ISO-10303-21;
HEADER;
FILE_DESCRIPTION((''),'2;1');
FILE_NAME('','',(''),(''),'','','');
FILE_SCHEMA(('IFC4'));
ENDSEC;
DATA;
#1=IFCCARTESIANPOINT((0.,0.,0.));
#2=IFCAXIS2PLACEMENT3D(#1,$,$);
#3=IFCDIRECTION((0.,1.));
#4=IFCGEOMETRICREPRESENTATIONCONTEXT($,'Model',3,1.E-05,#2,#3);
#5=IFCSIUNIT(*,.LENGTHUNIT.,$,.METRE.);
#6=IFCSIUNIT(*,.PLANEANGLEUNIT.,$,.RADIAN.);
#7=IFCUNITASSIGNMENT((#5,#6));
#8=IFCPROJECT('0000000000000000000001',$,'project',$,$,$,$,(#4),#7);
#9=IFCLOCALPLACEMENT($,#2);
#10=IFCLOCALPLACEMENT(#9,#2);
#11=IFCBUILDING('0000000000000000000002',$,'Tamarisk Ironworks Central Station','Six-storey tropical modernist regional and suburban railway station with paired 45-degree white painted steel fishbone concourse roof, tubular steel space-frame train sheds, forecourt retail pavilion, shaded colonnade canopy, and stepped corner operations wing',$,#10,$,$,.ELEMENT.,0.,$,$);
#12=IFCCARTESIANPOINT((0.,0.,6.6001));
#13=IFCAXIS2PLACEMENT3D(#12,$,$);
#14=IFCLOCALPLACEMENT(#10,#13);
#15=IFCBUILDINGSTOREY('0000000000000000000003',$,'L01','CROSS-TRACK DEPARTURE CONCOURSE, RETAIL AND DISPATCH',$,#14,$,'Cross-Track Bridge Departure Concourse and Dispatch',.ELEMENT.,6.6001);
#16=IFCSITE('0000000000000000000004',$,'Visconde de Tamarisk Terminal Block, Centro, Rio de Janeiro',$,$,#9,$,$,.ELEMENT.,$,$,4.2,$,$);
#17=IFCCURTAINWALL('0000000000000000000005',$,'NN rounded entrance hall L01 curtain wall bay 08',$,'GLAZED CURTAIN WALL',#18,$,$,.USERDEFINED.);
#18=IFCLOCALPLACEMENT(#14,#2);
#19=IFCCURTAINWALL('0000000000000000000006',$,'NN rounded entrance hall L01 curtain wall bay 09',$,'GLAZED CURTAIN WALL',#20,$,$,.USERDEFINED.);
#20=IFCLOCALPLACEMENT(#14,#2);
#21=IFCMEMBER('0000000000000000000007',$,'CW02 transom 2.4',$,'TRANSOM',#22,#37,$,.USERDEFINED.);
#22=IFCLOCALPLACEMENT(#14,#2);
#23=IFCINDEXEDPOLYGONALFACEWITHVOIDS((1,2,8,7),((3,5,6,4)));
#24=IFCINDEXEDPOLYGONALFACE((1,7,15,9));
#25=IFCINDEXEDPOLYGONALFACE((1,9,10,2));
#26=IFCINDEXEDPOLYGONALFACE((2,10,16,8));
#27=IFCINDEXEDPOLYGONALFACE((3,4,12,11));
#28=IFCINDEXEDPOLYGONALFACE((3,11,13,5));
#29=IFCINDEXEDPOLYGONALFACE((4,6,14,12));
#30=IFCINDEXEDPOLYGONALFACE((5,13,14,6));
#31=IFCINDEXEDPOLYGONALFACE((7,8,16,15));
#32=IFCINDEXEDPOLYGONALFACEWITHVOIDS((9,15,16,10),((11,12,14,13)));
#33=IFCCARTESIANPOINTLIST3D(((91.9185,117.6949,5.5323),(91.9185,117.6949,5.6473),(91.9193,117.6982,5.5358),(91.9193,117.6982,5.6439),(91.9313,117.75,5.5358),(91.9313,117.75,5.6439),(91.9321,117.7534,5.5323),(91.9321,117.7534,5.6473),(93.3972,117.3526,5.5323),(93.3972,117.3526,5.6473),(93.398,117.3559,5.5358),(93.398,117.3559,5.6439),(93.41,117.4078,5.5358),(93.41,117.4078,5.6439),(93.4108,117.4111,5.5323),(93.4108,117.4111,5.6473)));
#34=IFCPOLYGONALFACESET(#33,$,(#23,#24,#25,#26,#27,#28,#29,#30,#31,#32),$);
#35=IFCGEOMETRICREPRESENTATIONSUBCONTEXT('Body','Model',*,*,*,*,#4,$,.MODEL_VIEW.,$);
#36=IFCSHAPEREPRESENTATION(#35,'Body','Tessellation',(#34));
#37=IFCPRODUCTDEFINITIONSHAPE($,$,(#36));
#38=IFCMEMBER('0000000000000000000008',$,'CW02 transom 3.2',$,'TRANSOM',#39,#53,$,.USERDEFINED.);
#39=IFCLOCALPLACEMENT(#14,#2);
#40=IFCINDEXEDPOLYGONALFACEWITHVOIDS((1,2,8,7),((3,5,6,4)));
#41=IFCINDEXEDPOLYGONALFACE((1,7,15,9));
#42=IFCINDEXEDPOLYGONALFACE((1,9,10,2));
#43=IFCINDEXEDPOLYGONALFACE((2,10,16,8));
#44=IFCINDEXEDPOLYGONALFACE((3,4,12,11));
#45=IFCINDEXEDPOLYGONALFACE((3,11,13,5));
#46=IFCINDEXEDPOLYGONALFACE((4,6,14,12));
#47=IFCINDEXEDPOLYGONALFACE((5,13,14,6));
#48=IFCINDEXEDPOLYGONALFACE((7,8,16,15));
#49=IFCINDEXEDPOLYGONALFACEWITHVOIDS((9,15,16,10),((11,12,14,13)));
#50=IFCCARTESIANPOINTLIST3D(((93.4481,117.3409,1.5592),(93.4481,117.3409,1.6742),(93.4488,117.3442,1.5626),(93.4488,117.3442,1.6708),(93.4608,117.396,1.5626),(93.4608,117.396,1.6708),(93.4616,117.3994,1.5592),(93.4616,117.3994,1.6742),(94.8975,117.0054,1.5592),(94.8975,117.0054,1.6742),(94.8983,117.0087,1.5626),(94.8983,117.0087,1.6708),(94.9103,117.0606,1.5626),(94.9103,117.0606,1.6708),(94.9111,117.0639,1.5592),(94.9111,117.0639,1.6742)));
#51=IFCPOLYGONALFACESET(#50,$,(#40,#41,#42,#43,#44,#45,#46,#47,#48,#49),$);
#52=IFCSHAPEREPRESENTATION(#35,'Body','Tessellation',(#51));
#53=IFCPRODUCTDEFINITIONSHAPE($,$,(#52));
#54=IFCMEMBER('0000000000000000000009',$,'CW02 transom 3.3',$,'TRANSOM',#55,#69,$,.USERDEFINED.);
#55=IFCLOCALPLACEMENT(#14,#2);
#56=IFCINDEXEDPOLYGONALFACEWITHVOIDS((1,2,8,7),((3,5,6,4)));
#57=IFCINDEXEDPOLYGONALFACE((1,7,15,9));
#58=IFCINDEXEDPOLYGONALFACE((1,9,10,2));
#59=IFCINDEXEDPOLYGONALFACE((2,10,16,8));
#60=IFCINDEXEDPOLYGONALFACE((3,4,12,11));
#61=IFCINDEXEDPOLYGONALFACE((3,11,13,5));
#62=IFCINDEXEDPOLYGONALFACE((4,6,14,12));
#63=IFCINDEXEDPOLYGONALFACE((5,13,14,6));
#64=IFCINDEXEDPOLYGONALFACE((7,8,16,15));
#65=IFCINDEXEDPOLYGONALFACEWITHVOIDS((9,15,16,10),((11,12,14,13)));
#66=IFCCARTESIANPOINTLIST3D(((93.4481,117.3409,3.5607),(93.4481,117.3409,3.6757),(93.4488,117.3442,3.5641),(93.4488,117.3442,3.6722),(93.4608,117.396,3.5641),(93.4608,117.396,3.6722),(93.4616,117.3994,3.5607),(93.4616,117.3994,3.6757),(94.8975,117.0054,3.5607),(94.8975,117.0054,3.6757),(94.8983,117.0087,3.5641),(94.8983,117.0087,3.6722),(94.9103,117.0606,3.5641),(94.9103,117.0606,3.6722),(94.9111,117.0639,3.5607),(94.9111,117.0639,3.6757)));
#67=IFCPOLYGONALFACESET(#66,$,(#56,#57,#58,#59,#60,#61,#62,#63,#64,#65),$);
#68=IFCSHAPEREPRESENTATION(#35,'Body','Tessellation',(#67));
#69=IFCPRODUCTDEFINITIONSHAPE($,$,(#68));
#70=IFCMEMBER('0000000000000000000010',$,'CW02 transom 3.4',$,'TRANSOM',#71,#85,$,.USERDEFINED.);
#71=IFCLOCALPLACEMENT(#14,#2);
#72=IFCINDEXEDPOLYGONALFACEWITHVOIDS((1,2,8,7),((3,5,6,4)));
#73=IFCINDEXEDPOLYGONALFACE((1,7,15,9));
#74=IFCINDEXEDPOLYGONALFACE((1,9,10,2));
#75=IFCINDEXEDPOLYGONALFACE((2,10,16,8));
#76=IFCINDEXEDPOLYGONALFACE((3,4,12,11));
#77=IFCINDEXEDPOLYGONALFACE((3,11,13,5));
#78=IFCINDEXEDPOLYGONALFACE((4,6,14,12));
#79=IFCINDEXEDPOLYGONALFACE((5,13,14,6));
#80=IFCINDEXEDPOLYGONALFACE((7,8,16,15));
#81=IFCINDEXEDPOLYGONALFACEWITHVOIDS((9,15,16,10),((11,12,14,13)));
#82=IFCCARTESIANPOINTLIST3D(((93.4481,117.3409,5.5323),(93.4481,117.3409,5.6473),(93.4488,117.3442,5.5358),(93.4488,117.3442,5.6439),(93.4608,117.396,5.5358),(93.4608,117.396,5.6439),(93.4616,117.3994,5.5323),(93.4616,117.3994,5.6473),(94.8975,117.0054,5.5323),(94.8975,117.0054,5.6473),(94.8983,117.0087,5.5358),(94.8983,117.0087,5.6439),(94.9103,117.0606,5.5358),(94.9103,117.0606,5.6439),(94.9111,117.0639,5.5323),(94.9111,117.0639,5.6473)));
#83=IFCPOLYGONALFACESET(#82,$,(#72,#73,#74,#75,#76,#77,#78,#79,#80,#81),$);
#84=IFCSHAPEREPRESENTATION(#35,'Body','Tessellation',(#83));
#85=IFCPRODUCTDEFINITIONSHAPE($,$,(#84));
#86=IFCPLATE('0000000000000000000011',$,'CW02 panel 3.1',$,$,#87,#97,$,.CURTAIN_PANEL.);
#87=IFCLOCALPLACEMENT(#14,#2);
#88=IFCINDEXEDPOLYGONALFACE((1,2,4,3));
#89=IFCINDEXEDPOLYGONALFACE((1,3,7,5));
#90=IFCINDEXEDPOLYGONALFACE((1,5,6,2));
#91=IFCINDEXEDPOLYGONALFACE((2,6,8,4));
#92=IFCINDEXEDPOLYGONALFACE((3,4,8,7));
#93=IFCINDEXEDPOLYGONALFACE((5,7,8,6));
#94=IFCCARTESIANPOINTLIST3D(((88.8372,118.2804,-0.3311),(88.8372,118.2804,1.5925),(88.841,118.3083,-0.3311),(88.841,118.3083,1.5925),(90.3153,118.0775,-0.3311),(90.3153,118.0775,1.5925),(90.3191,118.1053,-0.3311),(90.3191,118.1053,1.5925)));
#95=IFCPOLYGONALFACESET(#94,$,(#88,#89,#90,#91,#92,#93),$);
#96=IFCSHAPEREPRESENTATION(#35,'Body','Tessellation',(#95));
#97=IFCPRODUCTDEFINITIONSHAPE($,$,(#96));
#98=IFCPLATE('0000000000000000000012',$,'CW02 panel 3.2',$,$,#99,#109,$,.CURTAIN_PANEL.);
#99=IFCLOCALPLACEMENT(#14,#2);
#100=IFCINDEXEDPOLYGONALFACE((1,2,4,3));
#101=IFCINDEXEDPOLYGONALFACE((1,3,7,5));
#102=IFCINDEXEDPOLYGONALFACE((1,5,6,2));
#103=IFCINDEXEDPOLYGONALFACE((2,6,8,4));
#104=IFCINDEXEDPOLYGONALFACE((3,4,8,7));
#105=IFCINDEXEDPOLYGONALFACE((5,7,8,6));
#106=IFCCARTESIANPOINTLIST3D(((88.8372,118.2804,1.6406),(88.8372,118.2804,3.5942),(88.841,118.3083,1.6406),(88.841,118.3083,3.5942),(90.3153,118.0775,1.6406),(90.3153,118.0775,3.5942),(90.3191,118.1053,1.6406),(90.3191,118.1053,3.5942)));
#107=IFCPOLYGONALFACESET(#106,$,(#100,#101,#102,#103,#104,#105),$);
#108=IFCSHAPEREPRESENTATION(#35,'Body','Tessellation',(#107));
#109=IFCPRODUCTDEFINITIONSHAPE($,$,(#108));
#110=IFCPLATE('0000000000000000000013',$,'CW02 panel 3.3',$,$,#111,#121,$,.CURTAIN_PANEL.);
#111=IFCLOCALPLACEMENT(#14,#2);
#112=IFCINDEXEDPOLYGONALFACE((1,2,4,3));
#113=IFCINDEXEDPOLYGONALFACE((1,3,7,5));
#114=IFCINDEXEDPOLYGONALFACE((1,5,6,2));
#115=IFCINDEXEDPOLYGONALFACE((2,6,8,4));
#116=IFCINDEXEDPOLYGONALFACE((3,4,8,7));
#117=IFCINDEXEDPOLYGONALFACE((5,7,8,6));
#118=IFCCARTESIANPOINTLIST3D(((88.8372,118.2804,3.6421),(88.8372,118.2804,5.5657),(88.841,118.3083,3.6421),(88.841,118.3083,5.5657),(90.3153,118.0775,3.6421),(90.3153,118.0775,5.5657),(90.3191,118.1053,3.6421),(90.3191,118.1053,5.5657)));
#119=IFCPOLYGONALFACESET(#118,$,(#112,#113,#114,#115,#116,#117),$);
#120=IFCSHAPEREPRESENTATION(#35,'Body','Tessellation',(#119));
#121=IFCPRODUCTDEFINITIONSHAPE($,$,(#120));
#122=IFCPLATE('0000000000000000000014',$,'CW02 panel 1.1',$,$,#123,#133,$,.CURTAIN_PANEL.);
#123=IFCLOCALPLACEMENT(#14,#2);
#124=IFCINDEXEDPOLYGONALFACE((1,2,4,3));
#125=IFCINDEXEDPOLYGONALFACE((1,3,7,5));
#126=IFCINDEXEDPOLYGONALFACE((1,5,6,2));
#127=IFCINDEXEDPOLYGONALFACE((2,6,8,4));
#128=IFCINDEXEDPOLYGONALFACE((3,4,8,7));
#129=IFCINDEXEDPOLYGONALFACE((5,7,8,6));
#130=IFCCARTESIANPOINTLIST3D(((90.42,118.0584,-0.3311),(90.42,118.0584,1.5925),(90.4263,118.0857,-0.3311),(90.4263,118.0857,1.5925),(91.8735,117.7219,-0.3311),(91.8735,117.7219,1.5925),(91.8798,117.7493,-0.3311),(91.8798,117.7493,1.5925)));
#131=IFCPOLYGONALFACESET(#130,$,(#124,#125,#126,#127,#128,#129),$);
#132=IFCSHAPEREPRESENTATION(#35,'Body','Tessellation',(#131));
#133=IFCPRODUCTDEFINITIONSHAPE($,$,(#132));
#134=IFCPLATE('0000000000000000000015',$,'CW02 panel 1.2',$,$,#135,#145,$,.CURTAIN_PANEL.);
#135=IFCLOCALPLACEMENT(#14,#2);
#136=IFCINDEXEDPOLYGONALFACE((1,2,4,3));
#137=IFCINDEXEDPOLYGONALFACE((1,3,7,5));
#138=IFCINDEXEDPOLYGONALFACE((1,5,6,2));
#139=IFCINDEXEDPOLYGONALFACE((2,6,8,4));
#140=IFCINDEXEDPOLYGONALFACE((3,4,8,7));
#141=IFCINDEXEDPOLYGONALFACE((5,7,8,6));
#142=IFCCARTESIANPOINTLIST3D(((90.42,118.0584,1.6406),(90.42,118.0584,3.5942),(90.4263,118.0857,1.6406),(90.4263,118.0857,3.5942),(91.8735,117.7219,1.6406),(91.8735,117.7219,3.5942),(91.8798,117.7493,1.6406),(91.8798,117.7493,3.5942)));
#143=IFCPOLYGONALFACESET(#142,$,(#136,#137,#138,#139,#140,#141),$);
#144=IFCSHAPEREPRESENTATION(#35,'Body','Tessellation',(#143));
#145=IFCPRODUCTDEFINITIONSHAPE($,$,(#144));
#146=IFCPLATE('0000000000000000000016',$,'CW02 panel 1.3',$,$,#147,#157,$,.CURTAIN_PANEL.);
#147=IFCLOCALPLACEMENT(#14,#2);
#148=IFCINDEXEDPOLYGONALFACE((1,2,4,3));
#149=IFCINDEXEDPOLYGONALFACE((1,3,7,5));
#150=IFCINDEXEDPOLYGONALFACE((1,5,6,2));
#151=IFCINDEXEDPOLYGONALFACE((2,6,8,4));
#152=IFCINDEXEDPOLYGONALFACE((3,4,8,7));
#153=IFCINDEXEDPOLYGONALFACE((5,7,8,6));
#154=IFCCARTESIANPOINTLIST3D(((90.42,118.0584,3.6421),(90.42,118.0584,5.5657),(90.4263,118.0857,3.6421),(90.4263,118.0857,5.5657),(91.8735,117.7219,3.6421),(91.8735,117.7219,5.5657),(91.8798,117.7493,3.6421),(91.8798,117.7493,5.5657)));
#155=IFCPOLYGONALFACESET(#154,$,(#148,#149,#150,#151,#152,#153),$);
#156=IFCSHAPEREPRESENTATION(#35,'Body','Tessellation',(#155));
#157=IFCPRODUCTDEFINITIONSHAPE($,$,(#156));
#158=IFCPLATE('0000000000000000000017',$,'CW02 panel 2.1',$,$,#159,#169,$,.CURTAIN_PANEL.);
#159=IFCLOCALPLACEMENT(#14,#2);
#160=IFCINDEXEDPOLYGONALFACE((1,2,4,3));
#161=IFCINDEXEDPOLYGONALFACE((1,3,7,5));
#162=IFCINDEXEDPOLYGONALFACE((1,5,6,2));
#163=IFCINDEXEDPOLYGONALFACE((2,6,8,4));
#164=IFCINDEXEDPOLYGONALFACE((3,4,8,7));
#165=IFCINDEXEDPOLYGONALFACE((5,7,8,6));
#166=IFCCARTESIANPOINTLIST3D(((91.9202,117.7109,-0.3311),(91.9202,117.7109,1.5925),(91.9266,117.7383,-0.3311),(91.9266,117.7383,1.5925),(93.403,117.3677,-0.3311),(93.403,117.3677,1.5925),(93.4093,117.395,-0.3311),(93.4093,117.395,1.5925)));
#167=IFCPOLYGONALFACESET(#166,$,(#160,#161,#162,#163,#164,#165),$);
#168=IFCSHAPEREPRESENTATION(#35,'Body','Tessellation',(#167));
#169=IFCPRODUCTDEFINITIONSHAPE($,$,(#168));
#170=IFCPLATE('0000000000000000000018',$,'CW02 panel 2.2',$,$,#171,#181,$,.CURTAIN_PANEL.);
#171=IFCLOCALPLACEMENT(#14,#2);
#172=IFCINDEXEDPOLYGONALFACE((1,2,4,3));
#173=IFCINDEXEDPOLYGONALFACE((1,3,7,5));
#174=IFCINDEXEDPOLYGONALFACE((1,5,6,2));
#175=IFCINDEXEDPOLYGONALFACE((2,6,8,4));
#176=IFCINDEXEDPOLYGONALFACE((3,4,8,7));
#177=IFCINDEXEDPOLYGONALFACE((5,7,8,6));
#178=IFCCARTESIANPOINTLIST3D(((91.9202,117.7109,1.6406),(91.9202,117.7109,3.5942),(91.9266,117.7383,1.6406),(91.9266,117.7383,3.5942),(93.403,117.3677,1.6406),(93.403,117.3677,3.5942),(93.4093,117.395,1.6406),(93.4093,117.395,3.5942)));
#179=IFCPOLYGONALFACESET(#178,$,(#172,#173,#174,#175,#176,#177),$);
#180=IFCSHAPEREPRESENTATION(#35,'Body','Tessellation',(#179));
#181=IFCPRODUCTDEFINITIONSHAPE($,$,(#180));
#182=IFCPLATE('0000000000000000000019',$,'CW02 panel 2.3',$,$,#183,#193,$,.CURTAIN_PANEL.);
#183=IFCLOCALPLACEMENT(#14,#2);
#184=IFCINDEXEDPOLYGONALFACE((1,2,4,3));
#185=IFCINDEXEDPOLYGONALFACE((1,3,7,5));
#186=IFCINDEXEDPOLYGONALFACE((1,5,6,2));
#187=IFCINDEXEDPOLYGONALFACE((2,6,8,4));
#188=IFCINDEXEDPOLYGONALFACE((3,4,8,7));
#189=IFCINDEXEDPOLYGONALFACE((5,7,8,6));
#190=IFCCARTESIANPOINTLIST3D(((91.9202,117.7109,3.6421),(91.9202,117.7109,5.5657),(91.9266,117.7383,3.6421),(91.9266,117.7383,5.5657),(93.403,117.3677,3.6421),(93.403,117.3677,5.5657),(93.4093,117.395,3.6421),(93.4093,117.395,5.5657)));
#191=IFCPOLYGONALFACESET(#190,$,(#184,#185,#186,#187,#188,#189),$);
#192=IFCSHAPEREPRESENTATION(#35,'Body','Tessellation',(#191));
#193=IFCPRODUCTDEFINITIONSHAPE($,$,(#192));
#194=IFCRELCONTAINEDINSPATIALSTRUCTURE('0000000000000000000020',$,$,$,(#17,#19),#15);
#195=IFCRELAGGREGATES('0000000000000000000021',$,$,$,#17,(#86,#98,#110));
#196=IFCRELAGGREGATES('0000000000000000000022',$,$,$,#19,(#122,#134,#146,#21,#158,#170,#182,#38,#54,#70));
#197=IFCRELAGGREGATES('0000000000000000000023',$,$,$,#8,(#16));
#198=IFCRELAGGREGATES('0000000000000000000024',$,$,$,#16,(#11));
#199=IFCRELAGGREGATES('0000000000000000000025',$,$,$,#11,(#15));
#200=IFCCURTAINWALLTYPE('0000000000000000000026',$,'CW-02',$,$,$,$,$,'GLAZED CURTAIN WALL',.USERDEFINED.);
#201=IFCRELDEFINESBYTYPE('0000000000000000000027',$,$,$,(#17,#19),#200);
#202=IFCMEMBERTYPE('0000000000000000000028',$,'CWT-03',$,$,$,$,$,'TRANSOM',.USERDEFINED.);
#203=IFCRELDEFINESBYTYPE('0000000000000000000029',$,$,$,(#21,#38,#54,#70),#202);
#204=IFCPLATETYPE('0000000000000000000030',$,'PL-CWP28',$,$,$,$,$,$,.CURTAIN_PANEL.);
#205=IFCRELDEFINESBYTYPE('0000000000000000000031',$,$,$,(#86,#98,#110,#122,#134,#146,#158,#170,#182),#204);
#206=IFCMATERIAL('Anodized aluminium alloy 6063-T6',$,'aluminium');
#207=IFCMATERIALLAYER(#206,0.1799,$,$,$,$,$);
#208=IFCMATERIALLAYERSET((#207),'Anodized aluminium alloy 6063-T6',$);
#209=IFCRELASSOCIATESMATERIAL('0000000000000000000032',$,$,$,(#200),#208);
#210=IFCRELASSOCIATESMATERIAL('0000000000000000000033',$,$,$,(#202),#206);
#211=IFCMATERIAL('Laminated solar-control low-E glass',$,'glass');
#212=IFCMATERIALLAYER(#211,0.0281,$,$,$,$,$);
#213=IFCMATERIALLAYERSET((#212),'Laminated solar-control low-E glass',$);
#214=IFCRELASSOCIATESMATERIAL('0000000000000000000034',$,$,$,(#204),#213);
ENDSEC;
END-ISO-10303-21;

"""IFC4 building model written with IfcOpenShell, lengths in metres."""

from ifc_helpers import new_model, si_unit, direction, frame, origin, origin_2d, place, context, subcontext, project, spatial, rectangle, hollow_rectangle, extrude, material, layer, layer_set, material_profile, profile_set, type_object, element, aggregate, save


model = new_model("IFC4")

# Units and contexts
model_context = context("Model", 3, precision=1e-05, world=origin(), true_north=direction((0.0, 1.0)))
body_context = subcontext(model_context, "Body", "Model", "MODEL_VIEW")
ifc_project = project(units=[si_unit("LENGTHUNIT", "METRE"), si_unit("PLANEANGLEUNIT", "RADIAN")], contexts=[model_context])

# Site, building, storey
site_placement = place(None, origin())
site = spatial("IfcSite", under=ifc_project, at=site_placement, Name="Visconde de Tamarisk Terminal Block, Centro, Rio de Janeiro", CompositionType="ELEMENT", RefElevation=4.2)
building_placement = place(site_placement, origin())
building = spatial("IfcBuilding", under=site, at=building_placement, Name="Tamarisk Ironworks Central Station", Description="Six-storey tropical modernist regional and suburban railway station with paired 45-degree white painted steel fishbone concourse roof, tubular steel space-frame train sheds, forecourt retail pavilion, shaded colonnade canopy, and stepped corner operations wing", CompositionType="ELEMENT", ElevationOfRefHeight=0.0)
storey_placement = place(building_placement, frame((0.0, 0.0, 6.6001)))
storey = spatial("IfcBuildingStorey", under=building, at=storey_placement, Name="L01", Description="CROSS-TRACK DEPARTURE CONCOURSE, RETAIL AND DISPATCH", LongName="Cross-Track Bridge Departure Concourse and Dispatch", CompositionType="ELEMENT", Elevation=6.6001)

# Curtain wall
ifc_material_1 = material(Name="Anodized aluminium alloy 6063-T6", Category="aluminium")
ifc_layer_1 = layer(ifc_material_1, 0.1799)
ifc_layer_set_1 = layer_set([ifc_layer_1], Name="Anodized aluminium alloy 6063-T6")
curtain_wall_type = type_object("IfcCurtainWallType", Name="CW-02", ElementType="GLAZED CURTAIN WALL", PredefinedType="USERDEFINED", material=ifc_layer_set_1)
curtain_wall_1_placement = place(storey_placement, origin())
curtain_wall_1 = element("IfcCurtainWall", 1, at=curtain_wall_1_placement, inside=storey, type_object=curtain_wall_type, Name="NN rounded entrance hall L01 curtain wall bay 08", ObjectType="GLAZED CURTAIN WALL", PredefinedType="USERDEFINED")

# Curtain wall, members
curtain_wall_2_placement = place(storey_placement, origin())
curtain_wall_2 = element("IfcCurtainWall", 2, at=curtain_wall_2_placement, inside=storey, type_object=curtain_wall_type, Name="NN rounded entrance hall L01 curtain wall bay 09", ObjectType="GLAZED CURTAIN WALL", PredefinedType="USERDEFINED")
ifc_material_profile_1 = material_profile(ifc_material_1, hollow_rectangle(XDim=0.0601, YDim=0.115, WallThickness=0.0034, at=origin_2d()), Name="ALUM 115x60")
ifc_profile_set_1 = profile_set([ifc_material_profile_1], Name="Anodized aluminium alloy 6063-T6")
member_type_1 = type_object("IfcMemberType", Name="CWT-03", ElementType="TRANSOM", PredefinedType="USERDEFINED", material=ifc_profile_set_1)
member_1_placement = place(storey_placement, frame((91.9253, 117.7241, 5.5898), z_axis=(0.974242, -0.225506, 0.0), x_axis=(0.225506, 0.974242, 0.0)))
member_1 = element("IfcMember", 3, at=member_1_placement, type_object=member_type_1, Name="CW02 transom 2.4", ObjectType="TRANSOM", PredefinedType="USERDEFINED", context=body_context, shape_type="SweptSolid", body=[
    extrude(hollow_rectangle(XDim=0.0601, YDim=0.115, WallThickness=0.0034, at=origin_2d()), origin(), (0.0, 0.0, 1.0), 1.5178),
])
member_2_placement = place(storey_placement, frame((93.4548, 117.3701, 1.6167), z_axis=(0.97425, -0.225471, 0.0), x_axis=(0.225471, 0.97425, 0.0)))
member_2 = element("IfcMember", 4, at=member_2_placement, type_object=member_type_1, Name="CW02 transom 3.2", ObjectType="TRANSOM", PredefinedType="USERDEFINED", context=body_context, shape_type="SweptSolid", body=[
    extrude(hollow_rectangle(XDim=0.0601, YDim=0.115, WallThickness=0.0034, at=origin_2d()), origin(), (0.0, 0.0, 1.0), 1.4878),
])
member_3_placement = place(storey_placement, frame((93.4548, 117.3701, 3.6182), z_axis=(0.97425, -0.225471, 0.0), x_axis=(0.225471, 0.97425, 0.0)))
member_3 = element("IfcMember", 5, at=member_3_placement, type_object=member_type_1, Name="CW02 transom 3.3", ObjectType="TRANSOM", PredefinedType="USERDEFINED", context=body_context, shape_type="SweptSolid", body=[
    extrude(hollow_rectangle(XDim=0.0601, YDim=0.115, WallThickness=0.0034, at=origin_2d()), origin(), (0.0, 0.0, 1.0), 1.4878),
])
member_4_placement = place(storey_placement, frame((93.4548, 117.3701, 5.5898), z_axis=(0.97425, -0.225471, 0.0), x_axis=(0.225471, 0.97425, 0.0)))
member_4 = element("IfcMember", 6, at=member_4_placement, type_object=member_type_1, Name="CW02 transom 3.4", ObjectType="TRANSOM", PredefinedType="USERDEFINED", context=body_context, shape_type="SweptSolid", body=[
    extrude(hollow_rectangle(XDim=0.0601, YDim=0.115, WallThickness=0.0034, at=origin_2d()), origin(), (0.0, 0.0, 1.0), 1.4878),
])

# Plates
ifc_material_2 = material(Name="Laminated solar-control low-E glass", Category="glass")
ifc_layer_2 = layer(ifc_material_2, 0.0281)
ifc_layer_set_2 = layer_set([ifc_layer_2], Name="Laminated solar-control low-E glass")
plate_type = type_object("IfcPlateType", Name="PL-CWP28", PredefinedType="CURTAIN_PANEL", material=ifc_layer_set_2)
plate_1_placement = place(storey_placement, frame((89.5781, 118.1929, -0.3311), z_axis=(0.0, 0.0, 1.0), x_axis=(0.990703, -0.136042, 0.0)))
plate_1 = element("IfcPlate", 7, at=plate_1_placement, type_object=plate_type, Name="CW02 panel 3.1", PredefinedType="CURTAIN_PANEL", context=body_context, shape_type="SweptSolid", body=[
    extrude(rectangle(XDim=1.4919, YDim=0.0281, at=origin_2d()), origin(), (0.0, 0.0, 1.0), 1.9236),
])
plate_2_placement = place(storey_placement, frame((89.5781, 118.1929, 1.6406), z_axis=(0.0, 0.0, 1.0), x_axis=(0.990703, -0.136042, 0.0)))
plate_2 = element("IfcPlate", 8, at=plate_2_placement, type_object=plate_type, Name="CW02 panel 3.2", PredefinedType="CURTAIN_PANEL", context=body_context, shape_type="SweptSolid", body=[
    extrude(rectangle(XDim=1.4919, YDim=0.0281, at=origin_2d()), origin(), (0.0, 0.0, 1.0), 1.9536),
])
plate_3_placement = place(storey_placement, frame((89.5781, 118.1929, 3.6421), z_axis=(0.0, 0.0, 1.0), x_axis=(0.990703, -0.136042, 0.0)))
plate_3 = element("IfcPlate", 9, at=plate_3_placement, type_object=plate_type, Name="CW02 panel 3.3", PredefinedType="CURTAIN_PANEL", context=body_context, shape_type="SweptSolid", body=[
    extrude(rectangle(XDim=1.4919, YDim=0.0281, at=origin_2d()), origin(), (0.0, 0.0, 1.0), 1.9236),
])
aggregate(curtain_wall_1, [plate_1, plate_2, plate_3])
plate_4_placement = place(storey_placement, frame((91.1499, 117.9038, -0.3311), z_axis=(0.0, 0.0, 1.0), x_axis=(0.974239, -0.225517, 0.0)))
plate_4 = element("IfcPlate", 10, at=plate_4_placement, type_object=plate_type, Name="CW02 panel 1.1", PredefinedType="CURTAIN_PANEL", context=body_context, shape_type="SweptSolid", body=[
    extrude(rectangle(XDim=1.4919, YDim=0.0281, at=origin_2d()), origin(), (0.0, 0.0, 1.0), 1.9236),
])
plate_5_placement = place(storey_placement, frame((91.1499, 117.9038, 1.6406), z_axis=(0.0, 0.0, 1.0), x_axis=(0.974239, -0.225517, 0.0)))
plate_5 = element("IfcPlate", 11, at=plate_5_placement, type_object=plate_type, Name="CW02 panel 1.2", PredefinedType="CURTAIN_PANEL", context=body_context, shape_type="SweptSolid", body=[
    extrude(rectangle(XDim=1.4919, YDim=0.0281, at=origin_2d()), origin(), (0.0, 0.0, 1.0), 1.9536),
])
plate_6_placement = place(storey_placement, frame((91.1499, 117.9038, 3.6421), z_axis=(0.0, 0.0, 1.0), x_axis=(0.974239, -0.225517, 0.0)))
plate_6 = element("IfcPlate", 12, at=plate_6_placement, type_object=plate_type, Name="CW02 panel 1.3", PredefinedType="CURTAIN_PANEL", context=body_context, shape_type="SweptSolid", body=[
    extrude(rectangle(XDim=1.4919, YDim=0.0281, at=origin_2d()), origin(), (0.0, 0.0, 1.0), 1.9236),
])
plate_7_placement = place(storey_placement, frame((92.6648, 117.553, -0.3311), z_axis=(0.0, 0.0, 1.0), x_axis=(0.974239, -0.225517, 0.0)))
plate_7 = element("IfcPlate", 13, at=plate_7_placement, type_object=plate_type, Name="CW02 panel 2.1", PredefinedType="CURTAIN_PANEL", context=body_context, shape_type="SweptSolid", body=[
    extrude(rectangle(XDim=1.522, YDim=0.0281, at=origin_2d()), origin(), (0.0, 0.0, 1.0), 1.9236),
])
plate_8_placement = place(storey_placement, frame((92.6648, 117.553, 1.6406), z_axis=(0.0, 0.0, 1.0), x_axis=(0.974239, -0.225517, 0.0)))
plate_8 = element("IfcPlate", 14, at=plate_8_placement, type_object=plate_type, Name="CW02 panel 2.2", PredefinedType="CURTAIN_PANEL", context=body_context, shape_type="SweptSolid", body=[
    extrude(rectangle(XDim=1.522, YDim=0.0281, at=origin_2d()), origin(), (0.0, 0.0, 1.0), 1.9536),
])
plate_9_placement = place(storey_placement, frame((92.6648, 117.553, 3.6421), z_axis=(0.0, 0.0, 1.0), x_axis=(0.974239, -0.225517, 0.0)))
plate_9 = element("IfcPlate", 15, at=plate_9_placement, type_object=plate_type, Name="CW02 panel 2.3", PredefinedType="CURTAIN_PANEL", context=body_context, shape_type="SweptSolid", body=[
    extrude(rectangle(XDim=1.522, YDim=0.0281, at=origin_2d()), origin(), (0.0, 0.0, 1.0), 1.9236),
])
aggregate(curtain_wall_2, [plate_4, plate_5, plate_6, member_1, plate_7, plate_8, plate_9, member_2, member_3, member_4])

save(model, "model.ifc")
